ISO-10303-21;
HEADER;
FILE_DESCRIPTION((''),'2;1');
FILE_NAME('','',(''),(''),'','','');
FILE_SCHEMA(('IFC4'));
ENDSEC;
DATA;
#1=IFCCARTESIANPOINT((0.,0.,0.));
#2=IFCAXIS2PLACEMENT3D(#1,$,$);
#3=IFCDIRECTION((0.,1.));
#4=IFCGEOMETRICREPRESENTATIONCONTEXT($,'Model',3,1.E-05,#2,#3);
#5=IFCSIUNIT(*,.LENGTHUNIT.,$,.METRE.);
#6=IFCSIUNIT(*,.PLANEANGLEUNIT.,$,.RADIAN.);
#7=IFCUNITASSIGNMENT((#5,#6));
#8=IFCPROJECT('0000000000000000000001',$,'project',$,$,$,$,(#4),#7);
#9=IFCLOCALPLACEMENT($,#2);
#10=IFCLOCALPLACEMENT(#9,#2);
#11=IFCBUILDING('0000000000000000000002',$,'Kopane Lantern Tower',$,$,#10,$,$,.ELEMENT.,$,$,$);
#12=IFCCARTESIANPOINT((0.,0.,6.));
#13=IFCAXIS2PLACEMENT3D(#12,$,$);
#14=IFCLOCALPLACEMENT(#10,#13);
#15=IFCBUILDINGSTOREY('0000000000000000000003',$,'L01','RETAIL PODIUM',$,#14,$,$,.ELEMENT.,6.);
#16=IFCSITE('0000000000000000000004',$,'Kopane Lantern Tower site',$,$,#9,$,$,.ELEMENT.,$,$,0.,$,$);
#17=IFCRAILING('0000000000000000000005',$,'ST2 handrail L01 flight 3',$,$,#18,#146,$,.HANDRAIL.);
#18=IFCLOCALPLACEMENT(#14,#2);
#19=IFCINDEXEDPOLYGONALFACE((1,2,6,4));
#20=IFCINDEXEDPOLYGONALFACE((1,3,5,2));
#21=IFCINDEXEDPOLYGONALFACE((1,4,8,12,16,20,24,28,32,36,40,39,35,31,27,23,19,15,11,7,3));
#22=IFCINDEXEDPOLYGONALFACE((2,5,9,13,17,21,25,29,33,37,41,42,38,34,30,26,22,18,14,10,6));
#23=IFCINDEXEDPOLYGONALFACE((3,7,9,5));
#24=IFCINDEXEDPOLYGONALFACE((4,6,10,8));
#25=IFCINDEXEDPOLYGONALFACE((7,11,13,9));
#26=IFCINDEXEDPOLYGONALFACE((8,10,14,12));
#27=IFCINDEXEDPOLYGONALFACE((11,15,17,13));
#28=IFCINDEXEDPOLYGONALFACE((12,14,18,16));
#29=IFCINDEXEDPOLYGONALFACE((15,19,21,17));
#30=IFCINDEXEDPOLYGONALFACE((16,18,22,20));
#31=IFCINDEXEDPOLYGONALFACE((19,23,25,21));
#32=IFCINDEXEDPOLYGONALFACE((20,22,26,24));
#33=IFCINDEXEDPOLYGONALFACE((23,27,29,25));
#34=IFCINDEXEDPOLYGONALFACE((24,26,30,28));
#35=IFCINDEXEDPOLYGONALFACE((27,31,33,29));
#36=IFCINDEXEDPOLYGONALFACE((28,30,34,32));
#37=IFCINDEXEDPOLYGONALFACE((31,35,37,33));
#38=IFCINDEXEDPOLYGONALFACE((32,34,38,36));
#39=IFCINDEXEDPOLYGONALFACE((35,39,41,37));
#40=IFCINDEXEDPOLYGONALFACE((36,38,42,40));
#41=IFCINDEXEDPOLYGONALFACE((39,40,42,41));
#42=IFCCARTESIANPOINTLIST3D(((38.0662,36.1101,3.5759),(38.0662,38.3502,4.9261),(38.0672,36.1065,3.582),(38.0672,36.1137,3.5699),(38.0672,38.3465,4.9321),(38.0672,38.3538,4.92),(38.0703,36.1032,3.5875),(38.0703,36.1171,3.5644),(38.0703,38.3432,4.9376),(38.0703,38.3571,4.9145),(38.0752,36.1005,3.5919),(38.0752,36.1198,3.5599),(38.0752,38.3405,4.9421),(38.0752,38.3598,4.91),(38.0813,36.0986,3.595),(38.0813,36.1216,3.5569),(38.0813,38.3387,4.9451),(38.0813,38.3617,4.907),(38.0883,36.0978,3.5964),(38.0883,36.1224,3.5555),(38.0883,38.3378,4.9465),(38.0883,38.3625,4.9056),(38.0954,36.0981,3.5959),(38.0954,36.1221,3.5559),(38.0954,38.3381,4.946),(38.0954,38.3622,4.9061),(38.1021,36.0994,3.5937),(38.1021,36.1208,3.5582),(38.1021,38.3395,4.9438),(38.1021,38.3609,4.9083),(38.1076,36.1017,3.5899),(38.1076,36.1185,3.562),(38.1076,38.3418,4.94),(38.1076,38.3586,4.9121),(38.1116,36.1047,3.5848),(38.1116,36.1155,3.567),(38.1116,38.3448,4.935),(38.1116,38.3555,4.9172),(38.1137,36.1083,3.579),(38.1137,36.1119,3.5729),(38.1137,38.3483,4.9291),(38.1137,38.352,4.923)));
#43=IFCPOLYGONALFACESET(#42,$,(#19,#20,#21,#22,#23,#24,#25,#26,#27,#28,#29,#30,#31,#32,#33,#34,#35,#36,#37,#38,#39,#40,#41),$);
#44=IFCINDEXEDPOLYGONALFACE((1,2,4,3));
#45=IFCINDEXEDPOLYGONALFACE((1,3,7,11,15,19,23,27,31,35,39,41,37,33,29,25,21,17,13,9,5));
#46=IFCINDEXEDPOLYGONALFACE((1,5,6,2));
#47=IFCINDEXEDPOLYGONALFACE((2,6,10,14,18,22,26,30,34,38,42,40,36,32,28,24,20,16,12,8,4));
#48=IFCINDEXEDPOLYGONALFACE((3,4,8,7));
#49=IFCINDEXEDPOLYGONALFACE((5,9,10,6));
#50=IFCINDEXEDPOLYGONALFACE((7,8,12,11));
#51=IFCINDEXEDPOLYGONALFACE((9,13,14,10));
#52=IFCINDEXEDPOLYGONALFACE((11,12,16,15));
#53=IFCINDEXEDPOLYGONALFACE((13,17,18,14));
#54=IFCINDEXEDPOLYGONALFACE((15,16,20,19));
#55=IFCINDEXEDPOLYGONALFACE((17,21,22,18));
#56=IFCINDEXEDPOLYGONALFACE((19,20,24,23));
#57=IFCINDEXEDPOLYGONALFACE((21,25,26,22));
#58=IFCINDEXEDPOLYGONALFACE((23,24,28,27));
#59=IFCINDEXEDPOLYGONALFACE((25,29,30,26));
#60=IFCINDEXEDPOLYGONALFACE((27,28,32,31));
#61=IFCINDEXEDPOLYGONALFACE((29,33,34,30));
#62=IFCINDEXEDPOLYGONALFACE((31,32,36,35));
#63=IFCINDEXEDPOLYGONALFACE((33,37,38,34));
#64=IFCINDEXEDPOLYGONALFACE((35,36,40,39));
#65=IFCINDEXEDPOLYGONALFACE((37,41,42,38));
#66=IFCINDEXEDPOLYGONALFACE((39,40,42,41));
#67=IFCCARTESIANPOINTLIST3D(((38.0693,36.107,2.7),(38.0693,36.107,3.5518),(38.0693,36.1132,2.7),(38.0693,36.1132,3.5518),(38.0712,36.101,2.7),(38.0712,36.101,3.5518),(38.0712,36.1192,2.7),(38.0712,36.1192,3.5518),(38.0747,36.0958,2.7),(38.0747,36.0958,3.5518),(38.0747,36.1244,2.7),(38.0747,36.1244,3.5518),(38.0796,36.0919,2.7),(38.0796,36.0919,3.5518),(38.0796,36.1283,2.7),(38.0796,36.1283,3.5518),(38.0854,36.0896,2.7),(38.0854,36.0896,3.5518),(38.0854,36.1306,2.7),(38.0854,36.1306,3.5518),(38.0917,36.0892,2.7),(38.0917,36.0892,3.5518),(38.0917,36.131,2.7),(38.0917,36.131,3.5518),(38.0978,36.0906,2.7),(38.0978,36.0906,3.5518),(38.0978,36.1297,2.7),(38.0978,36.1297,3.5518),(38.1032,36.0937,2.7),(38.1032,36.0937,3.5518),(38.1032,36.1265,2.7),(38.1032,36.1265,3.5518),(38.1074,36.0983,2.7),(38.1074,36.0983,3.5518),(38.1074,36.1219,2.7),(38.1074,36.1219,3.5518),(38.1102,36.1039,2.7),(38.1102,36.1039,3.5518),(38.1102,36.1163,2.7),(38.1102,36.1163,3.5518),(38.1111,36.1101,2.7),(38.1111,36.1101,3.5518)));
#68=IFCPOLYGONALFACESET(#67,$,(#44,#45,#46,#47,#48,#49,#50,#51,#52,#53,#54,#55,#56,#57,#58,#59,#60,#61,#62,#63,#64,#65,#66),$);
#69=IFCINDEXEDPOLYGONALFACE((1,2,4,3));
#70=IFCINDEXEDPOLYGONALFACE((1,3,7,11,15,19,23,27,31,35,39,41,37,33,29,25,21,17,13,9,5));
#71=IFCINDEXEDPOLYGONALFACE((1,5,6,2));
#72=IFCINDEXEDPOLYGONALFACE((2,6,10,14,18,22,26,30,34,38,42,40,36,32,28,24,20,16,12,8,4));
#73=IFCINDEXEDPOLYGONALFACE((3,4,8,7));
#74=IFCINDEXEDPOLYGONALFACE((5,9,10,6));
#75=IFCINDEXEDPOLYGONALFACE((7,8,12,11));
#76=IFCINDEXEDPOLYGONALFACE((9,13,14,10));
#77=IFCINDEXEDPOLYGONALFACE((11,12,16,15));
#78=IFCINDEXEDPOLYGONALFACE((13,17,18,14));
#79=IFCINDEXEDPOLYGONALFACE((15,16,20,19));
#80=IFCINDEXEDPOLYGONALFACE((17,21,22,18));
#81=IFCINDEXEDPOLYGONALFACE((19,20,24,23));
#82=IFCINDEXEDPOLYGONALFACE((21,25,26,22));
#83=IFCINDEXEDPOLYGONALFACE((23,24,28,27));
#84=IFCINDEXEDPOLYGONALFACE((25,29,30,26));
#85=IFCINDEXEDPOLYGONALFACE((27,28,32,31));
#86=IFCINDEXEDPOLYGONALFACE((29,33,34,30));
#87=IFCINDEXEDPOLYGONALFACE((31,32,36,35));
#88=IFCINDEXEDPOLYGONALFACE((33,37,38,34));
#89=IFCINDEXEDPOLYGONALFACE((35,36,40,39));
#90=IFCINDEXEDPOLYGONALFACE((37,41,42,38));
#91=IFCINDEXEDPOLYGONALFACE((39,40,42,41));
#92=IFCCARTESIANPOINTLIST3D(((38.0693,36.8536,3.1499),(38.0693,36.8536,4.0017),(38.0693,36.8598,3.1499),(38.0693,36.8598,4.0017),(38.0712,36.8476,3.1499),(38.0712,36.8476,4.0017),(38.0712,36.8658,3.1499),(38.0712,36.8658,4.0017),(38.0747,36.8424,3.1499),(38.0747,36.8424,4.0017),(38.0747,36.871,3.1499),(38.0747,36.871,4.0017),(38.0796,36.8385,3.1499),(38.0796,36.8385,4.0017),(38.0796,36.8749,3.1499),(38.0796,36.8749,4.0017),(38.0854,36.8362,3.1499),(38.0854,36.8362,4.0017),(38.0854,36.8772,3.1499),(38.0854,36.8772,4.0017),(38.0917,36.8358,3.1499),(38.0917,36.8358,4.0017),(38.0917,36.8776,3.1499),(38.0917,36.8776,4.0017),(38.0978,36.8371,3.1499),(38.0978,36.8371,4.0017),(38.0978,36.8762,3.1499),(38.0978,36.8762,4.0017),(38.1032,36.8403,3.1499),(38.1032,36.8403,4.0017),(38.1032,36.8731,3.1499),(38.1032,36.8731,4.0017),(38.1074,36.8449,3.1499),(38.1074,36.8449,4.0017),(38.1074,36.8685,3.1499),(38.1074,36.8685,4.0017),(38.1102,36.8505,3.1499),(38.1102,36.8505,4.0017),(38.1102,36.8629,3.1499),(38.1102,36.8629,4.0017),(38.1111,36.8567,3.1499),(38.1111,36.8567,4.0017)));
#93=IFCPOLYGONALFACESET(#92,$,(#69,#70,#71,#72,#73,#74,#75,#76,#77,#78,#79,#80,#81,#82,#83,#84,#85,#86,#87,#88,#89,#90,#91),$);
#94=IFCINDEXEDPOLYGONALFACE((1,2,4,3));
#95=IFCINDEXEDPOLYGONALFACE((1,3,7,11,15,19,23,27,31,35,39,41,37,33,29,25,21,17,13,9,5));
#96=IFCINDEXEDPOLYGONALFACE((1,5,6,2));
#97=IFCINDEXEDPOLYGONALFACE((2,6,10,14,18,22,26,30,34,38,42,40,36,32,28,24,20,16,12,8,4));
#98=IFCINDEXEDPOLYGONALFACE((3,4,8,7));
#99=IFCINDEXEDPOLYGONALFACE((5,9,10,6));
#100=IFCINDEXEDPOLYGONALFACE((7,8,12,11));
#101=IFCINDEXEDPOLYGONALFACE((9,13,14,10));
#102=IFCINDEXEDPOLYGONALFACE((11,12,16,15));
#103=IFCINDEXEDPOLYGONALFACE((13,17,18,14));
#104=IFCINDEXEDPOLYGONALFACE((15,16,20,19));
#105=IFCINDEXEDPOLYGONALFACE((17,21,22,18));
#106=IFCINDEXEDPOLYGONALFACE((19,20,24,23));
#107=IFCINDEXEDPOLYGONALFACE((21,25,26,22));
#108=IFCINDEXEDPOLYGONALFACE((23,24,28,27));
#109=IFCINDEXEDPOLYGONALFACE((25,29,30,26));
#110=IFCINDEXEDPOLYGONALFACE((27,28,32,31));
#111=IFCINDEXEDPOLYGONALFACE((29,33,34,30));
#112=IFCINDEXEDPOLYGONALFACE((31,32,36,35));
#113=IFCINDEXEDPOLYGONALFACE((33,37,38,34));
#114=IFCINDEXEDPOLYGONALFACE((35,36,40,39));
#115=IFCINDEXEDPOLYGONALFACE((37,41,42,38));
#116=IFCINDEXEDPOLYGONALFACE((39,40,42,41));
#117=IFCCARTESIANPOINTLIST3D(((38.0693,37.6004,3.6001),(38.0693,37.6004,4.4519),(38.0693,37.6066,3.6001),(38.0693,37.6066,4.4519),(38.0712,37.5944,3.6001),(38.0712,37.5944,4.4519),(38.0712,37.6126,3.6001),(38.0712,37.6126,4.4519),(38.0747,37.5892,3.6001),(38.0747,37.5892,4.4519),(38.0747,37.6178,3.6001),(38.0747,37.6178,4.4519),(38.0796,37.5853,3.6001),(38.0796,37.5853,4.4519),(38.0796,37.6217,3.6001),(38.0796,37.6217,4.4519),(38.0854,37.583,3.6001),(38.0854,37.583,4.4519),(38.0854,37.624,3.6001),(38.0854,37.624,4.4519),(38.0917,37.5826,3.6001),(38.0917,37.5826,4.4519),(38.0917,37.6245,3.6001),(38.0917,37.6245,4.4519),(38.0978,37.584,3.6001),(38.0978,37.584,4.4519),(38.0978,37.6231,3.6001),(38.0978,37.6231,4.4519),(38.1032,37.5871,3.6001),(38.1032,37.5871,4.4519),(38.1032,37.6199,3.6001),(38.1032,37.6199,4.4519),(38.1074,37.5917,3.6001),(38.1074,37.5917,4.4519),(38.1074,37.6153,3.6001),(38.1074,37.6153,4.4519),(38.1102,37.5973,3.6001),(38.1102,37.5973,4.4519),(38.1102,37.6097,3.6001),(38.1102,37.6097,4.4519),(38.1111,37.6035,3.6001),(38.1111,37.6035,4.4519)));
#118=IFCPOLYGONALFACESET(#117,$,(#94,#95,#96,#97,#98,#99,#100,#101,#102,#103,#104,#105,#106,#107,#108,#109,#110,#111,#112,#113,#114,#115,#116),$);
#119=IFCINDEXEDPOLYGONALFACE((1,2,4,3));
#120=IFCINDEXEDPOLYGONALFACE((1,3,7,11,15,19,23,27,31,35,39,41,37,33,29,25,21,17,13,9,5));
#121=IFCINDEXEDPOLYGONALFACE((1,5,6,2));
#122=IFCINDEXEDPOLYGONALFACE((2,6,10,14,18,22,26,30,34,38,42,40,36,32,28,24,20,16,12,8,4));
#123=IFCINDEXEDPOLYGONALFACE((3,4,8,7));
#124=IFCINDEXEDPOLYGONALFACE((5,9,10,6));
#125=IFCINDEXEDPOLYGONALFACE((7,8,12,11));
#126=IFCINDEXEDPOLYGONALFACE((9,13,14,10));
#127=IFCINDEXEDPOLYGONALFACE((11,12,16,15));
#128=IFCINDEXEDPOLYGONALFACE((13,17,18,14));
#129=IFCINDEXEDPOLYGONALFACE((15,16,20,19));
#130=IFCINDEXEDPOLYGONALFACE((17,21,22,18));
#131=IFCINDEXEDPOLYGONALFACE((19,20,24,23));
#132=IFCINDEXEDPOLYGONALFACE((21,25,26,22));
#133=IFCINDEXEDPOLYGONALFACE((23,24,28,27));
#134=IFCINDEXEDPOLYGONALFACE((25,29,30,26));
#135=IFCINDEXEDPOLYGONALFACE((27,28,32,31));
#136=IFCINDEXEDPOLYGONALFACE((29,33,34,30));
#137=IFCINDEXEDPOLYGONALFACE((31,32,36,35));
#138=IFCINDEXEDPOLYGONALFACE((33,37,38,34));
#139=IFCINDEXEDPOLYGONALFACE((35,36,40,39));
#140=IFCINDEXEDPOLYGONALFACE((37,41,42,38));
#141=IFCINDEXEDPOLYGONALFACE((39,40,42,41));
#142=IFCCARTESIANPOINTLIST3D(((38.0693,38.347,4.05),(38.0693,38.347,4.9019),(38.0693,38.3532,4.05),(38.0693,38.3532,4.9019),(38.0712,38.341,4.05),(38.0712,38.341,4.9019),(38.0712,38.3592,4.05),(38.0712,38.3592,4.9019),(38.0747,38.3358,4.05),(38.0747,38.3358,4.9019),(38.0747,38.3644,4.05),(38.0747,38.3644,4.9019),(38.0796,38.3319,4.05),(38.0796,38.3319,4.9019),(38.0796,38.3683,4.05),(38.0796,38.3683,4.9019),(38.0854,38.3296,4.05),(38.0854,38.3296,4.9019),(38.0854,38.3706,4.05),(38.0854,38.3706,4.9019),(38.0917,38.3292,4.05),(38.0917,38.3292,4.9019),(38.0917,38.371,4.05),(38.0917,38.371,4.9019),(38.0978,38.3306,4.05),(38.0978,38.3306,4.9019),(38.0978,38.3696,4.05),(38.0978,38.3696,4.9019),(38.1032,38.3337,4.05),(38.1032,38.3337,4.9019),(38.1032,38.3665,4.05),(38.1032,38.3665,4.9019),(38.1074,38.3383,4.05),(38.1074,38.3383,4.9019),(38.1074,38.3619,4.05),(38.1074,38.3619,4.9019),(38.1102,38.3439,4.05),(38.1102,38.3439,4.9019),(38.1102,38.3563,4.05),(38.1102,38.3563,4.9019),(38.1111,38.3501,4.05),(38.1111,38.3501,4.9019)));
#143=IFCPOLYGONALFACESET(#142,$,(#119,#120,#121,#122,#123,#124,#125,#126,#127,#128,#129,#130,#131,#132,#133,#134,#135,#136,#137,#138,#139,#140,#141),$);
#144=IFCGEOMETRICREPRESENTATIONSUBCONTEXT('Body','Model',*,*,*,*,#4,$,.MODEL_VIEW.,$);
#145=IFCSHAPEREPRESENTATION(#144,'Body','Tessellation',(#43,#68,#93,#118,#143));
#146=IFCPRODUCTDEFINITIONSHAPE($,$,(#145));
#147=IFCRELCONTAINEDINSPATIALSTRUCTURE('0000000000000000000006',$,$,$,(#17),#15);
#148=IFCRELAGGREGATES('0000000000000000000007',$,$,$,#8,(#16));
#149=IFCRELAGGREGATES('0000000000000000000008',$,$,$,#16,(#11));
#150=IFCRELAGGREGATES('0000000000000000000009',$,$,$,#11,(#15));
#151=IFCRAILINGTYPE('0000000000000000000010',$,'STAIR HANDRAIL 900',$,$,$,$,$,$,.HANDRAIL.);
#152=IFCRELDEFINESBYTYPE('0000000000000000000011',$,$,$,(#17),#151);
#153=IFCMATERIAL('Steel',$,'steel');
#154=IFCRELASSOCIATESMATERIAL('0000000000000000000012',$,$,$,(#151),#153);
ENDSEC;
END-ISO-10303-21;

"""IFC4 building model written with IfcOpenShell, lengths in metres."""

from ifc_helpers import new_model, si_unit, direction, frame, origin, origin_2d, place, context, subcontext, project, spatial, circle, extrude, material, type_object, element, save


model = new_model("IFC4")

# Units and contexts
model_context = context("Model", 3, precision=1e-05, world=origin(), true_north=direction((0.0, 1.0)))
body_context = subcontext(model_context, "Body", "Model", "MODEL_VIEW")
ifc_project = project(units=[si_unit("LENGTHUNIT", "METRE"), si_unit("PLANEANGLEUNIT", "RADIAN")], contexts=[model_context])

# Site, building, storey
site_placement = place(None, origin())
site = spatial("IfcSite", under=ifc_project, at=site_placement, Name="Kopane Lantern Tower site", CompositionType="ELEMENT", RefElevation=0.0)
building_placement = place(site_placement, origin())
building = spatial("IfcBuilding", under=site, at=building_placement, Name="Kopane Lantern Tower", CompositionType="ELEMENT")
storey_placement = place(building_placement, frame((0.0, 0.0, 6.0)))
storey = spatial("IfcBuildingStorey", under=building, at=storey_placement, Name="L01", Description="RETAIL PODIUM", CompositionType="ELEMENT", Elevation=6.0)

# Railing
ifc_material_1 = material(Name="Steel", Category="steel")
railing_type_1 = type_object("IfcRailingType", Name="STAIR HANDRAIL 900", PredefinedType="HANDRAIL", material=ifc_material_1)
for number, where, name in (
    (1, (38.0901, 36.1101, 2.7), "ST2 handrail L01 flight 3"),
):
    element("IfcRailing", number, at=place(storey_placement, frame(where)), inside=storey, type_object=railing_type_1, Name=name, PredefinedType="HANDRAIL", context=body_context, shape_type="SweptSolid", body=[
        extrude(circle(Radius=0.0239, at=origin_2d()), frame((0.0, 0.0, 0.876), z_axis=(0.0, 0.856462, 0.516211), x_axis=(-1.0, 0.0, 0.0)), (0.0, 0.0, 1.0), 2.6155),
        extrude(circle(Radius=0.021, at=origin_2d()), origin(), (0.0, 0.0, 1.0), 0.8518),
        extrude(circle(Radius=0.021, at=origin_2d()), frame((0.0, 0.7466, 0.45)), (0.0, 0.0, 1.0), 0.8518),
        extrude(circle(Radius=0.021, at=origin_2d()), frame((0.0, 1.4934, 0.9001)), (0.0, 0.0, 1.0), 0.8518),
        extrude(circle(Radius=0.021, at=origin_2d()), frame((0.0, 2.24, 1.3501)), (0.0, 0.0, 1.0), 0.8518),
    ])

save(model, "model.ifc")
